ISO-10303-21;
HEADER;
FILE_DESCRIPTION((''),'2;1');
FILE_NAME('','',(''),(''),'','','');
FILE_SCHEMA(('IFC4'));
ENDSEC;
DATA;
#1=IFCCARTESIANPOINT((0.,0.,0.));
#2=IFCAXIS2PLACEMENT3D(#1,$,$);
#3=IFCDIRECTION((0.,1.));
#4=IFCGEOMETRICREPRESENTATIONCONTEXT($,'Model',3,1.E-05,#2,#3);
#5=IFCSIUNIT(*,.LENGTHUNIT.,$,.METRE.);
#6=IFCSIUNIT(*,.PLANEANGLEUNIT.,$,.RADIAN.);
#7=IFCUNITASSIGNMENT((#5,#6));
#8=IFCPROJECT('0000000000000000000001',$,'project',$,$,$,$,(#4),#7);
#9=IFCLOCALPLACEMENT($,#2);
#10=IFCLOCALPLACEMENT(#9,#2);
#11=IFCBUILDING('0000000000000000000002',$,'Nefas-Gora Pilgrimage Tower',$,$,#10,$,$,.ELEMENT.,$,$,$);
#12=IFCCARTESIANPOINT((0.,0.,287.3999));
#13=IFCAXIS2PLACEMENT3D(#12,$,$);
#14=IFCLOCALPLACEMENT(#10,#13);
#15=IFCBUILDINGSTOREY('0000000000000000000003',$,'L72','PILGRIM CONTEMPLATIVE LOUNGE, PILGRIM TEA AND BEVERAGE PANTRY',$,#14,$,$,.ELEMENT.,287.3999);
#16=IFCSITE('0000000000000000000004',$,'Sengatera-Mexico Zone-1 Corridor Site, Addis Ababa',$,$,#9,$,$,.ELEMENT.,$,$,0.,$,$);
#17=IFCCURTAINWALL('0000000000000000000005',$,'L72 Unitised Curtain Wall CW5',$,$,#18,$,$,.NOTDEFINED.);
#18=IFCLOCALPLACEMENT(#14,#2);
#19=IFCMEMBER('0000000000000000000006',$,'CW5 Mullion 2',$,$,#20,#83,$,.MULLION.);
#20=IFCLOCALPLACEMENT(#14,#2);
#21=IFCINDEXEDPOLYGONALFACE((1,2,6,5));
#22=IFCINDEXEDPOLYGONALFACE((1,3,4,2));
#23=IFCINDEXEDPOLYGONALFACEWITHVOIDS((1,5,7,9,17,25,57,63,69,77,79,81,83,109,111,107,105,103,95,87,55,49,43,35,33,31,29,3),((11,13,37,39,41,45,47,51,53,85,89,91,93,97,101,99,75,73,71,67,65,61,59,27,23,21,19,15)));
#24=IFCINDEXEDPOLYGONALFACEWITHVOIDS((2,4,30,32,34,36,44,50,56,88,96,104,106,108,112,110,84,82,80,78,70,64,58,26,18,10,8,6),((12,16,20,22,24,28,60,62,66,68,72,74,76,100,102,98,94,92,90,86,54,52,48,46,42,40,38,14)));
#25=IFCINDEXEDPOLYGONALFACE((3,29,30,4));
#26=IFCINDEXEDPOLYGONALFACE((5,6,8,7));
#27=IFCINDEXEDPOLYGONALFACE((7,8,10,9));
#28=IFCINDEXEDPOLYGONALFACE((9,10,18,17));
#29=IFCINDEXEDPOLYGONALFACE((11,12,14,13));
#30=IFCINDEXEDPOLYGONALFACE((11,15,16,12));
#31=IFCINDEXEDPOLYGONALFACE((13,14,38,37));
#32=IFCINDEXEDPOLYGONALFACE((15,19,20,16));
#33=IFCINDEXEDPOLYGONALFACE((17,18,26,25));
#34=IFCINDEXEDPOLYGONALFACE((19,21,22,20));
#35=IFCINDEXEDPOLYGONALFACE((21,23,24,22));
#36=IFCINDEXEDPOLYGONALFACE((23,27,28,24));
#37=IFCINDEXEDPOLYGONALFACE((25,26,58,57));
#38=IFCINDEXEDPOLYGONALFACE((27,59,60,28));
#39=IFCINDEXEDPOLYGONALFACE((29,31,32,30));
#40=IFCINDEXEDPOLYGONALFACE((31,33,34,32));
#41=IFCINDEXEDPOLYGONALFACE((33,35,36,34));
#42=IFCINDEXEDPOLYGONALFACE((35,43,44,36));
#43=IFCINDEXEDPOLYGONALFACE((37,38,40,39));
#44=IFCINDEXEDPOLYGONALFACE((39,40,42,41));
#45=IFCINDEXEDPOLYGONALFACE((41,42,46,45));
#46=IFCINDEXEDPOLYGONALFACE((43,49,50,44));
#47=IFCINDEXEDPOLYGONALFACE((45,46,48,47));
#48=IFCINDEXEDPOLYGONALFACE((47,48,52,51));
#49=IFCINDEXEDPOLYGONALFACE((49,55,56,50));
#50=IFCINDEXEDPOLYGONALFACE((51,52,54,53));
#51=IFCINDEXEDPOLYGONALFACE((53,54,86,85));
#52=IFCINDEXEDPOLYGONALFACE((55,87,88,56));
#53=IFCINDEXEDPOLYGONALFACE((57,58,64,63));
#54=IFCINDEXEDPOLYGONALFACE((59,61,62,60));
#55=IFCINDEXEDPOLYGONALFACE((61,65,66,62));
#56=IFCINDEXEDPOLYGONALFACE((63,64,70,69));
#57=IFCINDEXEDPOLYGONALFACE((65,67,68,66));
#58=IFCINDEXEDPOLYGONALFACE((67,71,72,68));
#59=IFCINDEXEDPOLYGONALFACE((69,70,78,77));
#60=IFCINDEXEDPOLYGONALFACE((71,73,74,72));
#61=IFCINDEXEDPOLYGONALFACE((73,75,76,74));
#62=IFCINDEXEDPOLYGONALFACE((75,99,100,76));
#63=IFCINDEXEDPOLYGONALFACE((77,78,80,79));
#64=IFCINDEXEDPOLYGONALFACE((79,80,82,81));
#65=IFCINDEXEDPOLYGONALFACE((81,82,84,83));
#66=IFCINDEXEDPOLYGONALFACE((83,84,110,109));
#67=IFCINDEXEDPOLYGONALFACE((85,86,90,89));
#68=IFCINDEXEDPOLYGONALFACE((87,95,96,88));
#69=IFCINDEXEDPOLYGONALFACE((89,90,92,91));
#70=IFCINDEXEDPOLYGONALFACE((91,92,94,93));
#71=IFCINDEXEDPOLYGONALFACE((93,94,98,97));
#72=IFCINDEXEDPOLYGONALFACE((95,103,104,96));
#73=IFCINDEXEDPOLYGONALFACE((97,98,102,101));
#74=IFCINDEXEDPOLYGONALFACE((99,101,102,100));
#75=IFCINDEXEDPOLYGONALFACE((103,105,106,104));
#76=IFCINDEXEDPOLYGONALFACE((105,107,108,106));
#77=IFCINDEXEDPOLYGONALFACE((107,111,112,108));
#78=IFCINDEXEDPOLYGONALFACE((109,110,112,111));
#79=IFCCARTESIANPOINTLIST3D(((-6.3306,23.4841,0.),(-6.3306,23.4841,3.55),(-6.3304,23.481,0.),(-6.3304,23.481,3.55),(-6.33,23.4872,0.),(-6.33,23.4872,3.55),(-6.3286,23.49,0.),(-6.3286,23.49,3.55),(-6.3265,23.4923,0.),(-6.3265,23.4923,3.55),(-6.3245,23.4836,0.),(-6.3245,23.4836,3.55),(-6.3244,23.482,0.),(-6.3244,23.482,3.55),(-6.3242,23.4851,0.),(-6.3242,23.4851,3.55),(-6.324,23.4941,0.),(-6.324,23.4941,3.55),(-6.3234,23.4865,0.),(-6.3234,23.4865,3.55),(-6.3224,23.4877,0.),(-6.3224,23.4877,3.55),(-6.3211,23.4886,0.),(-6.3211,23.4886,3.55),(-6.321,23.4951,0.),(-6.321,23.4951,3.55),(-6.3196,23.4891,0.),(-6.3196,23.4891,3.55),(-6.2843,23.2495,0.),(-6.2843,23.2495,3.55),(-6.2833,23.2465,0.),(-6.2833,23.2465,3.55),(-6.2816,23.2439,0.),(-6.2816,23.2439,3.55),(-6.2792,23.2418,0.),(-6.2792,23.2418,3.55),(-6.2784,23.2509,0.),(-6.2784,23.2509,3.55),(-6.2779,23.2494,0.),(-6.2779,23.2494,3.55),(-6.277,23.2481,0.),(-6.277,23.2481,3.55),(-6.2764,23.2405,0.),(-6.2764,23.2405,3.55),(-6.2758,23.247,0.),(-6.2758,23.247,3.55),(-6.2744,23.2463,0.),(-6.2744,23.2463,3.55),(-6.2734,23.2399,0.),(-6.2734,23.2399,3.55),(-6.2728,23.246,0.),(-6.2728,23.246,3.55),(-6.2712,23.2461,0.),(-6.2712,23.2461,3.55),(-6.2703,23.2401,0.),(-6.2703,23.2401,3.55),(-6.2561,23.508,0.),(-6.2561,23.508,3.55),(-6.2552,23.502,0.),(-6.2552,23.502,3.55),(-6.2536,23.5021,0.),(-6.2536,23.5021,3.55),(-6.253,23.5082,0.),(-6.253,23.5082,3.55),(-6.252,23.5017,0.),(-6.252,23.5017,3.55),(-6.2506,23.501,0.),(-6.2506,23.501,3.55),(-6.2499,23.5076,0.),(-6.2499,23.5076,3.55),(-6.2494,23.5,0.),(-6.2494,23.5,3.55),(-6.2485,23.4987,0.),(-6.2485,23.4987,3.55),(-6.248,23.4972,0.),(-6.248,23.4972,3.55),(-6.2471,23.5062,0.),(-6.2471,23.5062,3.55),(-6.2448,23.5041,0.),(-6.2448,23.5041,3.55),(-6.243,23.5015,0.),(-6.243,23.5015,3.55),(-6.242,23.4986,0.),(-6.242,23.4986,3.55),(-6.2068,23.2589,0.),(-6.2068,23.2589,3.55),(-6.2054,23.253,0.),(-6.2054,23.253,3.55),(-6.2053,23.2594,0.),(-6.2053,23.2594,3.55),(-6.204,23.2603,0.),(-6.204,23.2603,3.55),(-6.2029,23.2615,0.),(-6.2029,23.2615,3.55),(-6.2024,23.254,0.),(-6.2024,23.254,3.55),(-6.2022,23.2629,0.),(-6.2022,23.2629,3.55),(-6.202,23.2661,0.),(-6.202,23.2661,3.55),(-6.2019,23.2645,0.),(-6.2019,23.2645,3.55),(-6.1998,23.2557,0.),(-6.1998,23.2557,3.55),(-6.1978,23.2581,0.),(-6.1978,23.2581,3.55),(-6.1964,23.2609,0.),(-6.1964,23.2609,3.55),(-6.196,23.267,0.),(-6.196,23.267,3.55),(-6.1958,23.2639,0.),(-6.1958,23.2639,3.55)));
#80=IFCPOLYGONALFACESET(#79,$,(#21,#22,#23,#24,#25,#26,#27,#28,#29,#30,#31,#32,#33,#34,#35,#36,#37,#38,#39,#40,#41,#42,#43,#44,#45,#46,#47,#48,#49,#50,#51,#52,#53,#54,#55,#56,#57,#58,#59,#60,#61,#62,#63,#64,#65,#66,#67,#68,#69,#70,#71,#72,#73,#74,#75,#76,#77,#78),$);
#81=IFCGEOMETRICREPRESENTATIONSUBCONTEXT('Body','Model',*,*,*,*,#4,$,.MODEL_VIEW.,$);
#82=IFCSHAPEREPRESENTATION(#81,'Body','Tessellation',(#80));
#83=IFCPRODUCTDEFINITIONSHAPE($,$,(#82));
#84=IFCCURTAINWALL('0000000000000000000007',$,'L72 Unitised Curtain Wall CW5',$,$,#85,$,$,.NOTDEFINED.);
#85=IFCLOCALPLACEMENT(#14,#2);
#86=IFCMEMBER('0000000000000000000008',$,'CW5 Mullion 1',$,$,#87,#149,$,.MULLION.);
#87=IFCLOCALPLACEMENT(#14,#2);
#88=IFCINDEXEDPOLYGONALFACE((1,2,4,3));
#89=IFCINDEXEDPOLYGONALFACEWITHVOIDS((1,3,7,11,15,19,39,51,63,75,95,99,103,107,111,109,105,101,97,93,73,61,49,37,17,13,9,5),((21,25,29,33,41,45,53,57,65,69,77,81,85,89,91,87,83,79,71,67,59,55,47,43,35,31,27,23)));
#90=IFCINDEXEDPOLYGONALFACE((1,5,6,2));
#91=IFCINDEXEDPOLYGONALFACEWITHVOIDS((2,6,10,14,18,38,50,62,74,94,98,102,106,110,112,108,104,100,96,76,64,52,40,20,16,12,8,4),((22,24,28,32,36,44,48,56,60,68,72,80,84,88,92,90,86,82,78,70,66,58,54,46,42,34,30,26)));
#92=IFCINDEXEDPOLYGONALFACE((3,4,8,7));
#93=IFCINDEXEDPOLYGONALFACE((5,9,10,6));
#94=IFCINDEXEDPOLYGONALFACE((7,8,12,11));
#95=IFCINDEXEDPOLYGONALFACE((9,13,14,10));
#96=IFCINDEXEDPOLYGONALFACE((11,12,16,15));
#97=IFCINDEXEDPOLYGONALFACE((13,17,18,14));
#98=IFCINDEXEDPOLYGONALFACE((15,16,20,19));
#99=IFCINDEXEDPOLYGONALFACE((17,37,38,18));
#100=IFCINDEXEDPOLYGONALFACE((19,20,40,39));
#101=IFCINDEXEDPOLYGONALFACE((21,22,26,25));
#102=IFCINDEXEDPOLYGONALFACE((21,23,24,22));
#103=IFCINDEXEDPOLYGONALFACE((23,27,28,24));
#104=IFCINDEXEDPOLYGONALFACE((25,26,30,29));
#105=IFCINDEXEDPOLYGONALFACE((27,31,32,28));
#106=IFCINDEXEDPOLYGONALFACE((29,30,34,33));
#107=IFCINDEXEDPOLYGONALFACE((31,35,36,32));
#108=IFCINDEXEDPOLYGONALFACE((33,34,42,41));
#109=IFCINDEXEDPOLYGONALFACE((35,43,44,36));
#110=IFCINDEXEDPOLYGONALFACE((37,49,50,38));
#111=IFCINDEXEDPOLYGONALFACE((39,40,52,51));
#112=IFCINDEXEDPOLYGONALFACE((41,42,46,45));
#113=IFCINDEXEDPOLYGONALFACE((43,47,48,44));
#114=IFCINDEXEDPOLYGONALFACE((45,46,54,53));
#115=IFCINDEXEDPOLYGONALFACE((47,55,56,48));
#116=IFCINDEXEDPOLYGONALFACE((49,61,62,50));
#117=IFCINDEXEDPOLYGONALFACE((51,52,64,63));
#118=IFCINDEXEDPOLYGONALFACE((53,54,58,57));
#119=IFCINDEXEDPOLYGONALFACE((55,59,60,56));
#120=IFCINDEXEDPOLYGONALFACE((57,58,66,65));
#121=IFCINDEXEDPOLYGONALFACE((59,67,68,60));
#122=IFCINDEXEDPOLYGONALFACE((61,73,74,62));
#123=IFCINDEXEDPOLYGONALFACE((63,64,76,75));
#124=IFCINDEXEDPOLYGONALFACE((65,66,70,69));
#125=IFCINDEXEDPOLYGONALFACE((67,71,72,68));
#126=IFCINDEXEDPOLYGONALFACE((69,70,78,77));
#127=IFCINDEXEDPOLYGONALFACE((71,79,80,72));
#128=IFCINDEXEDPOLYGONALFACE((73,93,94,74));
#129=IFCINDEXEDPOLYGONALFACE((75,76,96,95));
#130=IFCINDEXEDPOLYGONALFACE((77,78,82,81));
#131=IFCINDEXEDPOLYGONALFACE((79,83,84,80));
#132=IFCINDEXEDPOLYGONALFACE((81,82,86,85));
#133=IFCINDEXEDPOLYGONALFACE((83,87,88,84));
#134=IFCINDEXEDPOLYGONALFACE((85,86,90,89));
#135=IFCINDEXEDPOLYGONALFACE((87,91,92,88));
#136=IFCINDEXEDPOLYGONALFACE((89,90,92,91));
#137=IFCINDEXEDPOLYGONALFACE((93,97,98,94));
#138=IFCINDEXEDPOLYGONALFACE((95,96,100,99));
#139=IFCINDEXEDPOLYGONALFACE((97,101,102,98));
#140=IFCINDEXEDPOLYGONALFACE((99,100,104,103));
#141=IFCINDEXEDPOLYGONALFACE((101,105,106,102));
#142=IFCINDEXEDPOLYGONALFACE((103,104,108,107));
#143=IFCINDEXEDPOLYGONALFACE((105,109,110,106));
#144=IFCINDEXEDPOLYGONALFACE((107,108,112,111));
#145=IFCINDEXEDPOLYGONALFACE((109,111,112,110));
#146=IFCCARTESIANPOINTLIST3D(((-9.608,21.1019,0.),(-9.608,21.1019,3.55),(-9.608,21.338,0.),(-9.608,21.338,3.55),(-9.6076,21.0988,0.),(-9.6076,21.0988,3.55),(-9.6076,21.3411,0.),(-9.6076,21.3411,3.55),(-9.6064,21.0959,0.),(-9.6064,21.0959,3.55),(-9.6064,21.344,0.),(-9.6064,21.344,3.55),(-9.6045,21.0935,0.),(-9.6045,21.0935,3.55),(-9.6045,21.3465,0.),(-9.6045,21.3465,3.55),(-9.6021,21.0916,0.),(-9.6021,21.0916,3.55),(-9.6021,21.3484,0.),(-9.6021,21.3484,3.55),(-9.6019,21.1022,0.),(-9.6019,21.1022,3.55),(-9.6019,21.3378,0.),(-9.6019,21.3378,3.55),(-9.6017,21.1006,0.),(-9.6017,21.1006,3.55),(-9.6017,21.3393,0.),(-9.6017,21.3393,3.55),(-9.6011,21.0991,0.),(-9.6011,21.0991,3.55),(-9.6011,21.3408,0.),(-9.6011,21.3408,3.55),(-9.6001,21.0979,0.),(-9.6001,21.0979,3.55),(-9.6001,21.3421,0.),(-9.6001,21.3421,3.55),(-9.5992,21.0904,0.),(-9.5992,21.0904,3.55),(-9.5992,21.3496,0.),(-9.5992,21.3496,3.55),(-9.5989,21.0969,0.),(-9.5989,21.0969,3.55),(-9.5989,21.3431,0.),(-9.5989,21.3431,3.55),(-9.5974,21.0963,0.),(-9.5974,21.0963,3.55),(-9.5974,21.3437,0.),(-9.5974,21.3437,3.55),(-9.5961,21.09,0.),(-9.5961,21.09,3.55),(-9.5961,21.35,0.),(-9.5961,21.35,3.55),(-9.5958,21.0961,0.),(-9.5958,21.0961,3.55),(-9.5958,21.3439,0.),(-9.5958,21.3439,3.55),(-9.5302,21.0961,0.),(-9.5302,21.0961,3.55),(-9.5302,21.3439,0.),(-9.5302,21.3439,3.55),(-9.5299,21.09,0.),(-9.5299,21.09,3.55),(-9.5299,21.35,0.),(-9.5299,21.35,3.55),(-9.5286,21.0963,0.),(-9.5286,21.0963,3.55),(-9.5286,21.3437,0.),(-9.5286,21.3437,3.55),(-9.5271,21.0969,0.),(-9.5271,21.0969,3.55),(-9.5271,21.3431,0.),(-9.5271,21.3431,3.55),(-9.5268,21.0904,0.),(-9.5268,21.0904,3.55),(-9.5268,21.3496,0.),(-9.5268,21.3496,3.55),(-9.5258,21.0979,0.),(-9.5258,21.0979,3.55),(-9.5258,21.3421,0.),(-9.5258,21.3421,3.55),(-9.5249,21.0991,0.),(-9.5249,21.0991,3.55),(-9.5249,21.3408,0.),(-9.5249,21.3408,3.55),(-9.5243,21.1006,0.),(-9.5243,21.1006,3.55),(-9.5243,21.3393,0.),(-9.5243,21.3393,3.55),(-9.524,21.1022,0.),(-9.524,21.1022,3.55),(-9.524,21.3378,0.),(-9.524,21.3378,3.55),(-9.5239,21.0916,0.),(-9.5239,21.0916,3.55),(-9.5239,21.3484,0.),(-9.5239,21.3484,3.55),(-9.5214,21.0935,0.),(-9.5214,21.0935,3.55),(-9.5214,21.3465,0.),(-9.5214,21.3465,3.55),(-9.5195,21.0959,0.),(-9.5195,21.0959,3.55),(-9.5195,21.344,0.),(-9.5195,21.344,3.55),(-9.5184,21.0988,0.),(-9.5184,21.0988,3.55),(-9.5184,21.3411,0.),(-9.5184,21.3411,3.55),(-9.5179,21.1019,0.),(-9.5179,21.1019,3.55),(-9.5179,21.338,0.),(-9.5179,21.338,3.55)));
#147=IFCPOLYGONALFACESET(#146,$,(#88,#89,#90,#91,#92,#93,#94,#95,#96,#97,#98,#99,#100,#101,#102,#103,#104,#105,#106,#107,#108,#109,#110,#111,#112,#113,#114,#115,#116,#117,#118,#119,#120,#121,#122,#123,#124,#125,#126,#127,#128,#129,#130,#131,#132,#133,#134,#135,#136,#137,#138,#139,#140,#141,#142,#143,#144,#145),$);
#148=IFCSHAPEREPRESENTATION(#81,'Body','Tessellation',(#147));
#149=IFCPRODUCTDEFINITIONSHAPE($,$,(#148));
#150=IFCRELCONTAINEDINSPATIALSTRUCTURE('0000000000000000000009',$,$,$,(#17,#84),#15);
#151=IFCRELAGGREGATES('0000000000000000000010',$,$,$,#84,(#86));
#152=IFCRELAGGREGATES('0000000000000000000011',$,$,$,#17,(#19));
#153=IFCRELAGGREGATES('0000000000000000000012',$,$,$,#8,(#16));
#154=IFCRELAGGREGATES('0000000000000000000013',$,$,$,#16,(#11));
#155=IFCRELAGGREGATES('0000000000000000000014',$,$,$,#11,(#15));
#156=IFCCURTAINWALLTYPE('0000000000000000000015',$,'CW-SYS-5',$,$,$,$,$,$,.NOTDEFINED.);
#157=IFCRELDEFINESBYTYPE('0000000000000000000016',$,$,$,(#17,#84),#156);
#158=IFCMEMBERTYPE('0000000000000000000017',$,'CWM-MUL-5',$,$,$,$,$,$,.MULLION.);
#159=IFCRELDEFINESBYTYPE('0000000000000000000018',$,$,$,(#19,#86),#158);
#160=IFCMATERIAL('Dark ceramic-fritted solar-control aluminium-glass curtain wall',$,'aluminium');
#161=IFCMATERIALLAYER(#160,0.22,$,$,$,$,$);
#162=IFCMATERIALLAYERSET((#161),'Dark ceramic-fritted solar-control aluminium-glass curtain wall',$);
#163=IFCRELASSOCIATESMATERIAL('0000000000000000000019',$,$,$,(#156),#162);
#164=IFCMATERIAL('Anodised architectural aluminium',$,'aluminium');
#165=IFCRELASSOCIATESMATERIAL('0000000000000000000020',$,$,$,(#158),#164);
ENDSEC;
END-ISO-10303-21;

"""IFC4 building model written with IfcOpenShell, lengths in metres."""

from ifc_helpers import new_model, si_unit, direction, frame, origin, origin_2d, place, context, subcontext, project, spatial, hollow_rectangle, extrude, source, transform, mapped, material, layer, layer_set, material_profile, profile_set, type_object, element, aggregate, save


model = new_model("IFC4")

# Units and contexts
model_context = context("Model", 3, precision=1e-05, world=origin(), true_north=direction((0.0, 1.0)))
body_context = subcontext(model_context, "Body", "Model", "MODEL_VIEW")
ifc_project = project(units=[si_unit("LENGTHUNIT", "METRE"), si_unit("PLANEANGLEUNIT", "RADIAN")], contexts=[model_context])

# Site, building, storey
site_placement = place(None, origin())
site = spatial("IfcSite", under=ifc_project, at=site_placement, Name="Sengatera-Mexico Zone-1 Corridor Site, Addis Ababa", CompositionType="ELEMENT", RefElevation=0.0)
building_placement = place(site_placement, origin())
building = spatial("IfcBuilding", under=site, at=building_placement, Name="Nefas-Gora Pilgrimage Tower", CompositionType="ELEMENT")
storey_placement = place(building_placement, frame((0.0, 0.0, 287.3999)))
storey = spatial("IfcBuildingStorey", under=building, at=storey_placement, Name="L72", Description="PILGRIM CONTEMPLATIVE LOUNGE, PILGRIM TEA AND BEVERAGE PANTRY", CompositionType="ELEMENT", Elevation=287.3999)

# Curtain wall, member
ifc_material_1 = material(Name="Dark ceramic-fritted solar-control aluminium-glass curtain wall", Category="aluminium")
ifc_layer_1 = layer(ifc_material_1, 0.22)
ifc_layer_set_1 = layer_set([ifc_layer_1], Name="Dark ceramic-fritted solar-control aluminium-glass curtain wall")
curtain_wall_type = type_object("IfcCurtainWallType", Name="CW-SYS-5", PredefinedType="NOTDEFINED", material=ifc_layer_set_1)
curtain_wall_1_placement = place(storey_placement, origin())
curtain_wall_1 = element("IfcCurtainWall", 1, at=curtain_wall_1_placement, inside=storey, type_object=curtain_wall_type, Name="L72 Unitised Curtain Wall CW5", PredefinedType="NOTDEFINED")
ifc_material_2 = material(Name="Anodised architectural aluminium", Category="aluminium")
ifc_material_profile_1 = material_profile(ifc_material_2, hollow_rectangle(XDim=0.0901, YDim=0.26, WallThickness=0.0061, InnerFilletRadius=0.0061, OuterFilletRadius=0.012, at=origin_2d()), Name="ALU MULLION 90x260")
ifc_profile_set_1 = profile_set([ifc_material_profile_1], Name="Anodised architectural aluminium")
member_type_1 = type_object("IfcMemberType", Name="CWM-MUL-5", PredefinedType="MULLION", material=ifc_profile_set_1)
shared_shape_1 = source(origin(), body_context, "Body", "SweptSolid", [
    extrude(hollow_rectangle(XDim=0.0901, YDim=0.26, WallThickness=0.0061, InnerFilletRadius=0.0061, OuterFilletRadius=0.012, at=origin_2d()), origin(), (0.0, 0.0, 1.0), 3.55),
])
member_1_placement = place(storey_placement, frame((-6.2632, 23.374, 0.0), z_axis=(0.0, 0.0, 1.0), x_axis=(-0.980783, -0.195102, 0.0)))
member_1 = element("IfcMember", 2, at=member_1_placement, type_object=member_type_1, Name="CW5 Mullion 2", PredefinedType="MULLION", context=body_context, shape_type="MappedRepresentation", body=[
    mapped(shared_shape_1, transform((0.0, 0.0, 0.0), x_axis=(1.0, 0.0, 0.0), y_axis=(0.0, 1.0, 0.0), z_axis=(0.0, 0.0, 1.0), scale=1.0)),
])

# Curtain wall, member
curtain_wall_2_placement = place(storey_placement, origin())
curtain_wall_2 = element("IfcCurtainWall", 3, at=curtain_wall_2_placement, inside=storey, type_object=curtain_wall_type, Name="L72 Unitised Curtain Wall CW5", PredefinedType="NOTDEFINED")
member_2_placement = place(storey_placement, frame((-9.563, 21.22, 0.0), z_axis=(0.0, 0.0, 1.0), x_axis=(-1.0, 0.0, 0.0)))
member_2 = element("IfcMember", 4, at=member_2_placement, type_object=member_type_1, Name="CW5 Mullion 1", PredefinedType="MULLION", context=body_context, shape_type="MappedRepresentation", body=[
    mapped(shared_shape_1, transform((0.0, 0.0, 0.0), x_axis=(1.0, 0.0, 0.0), y_axis=(0.0, 1.0, 0.0), z_axis=(0.0, 0.0, 1.0), scale=1.0)),
])
aggregate(curtain_wall_2, [member_2])

aggregate(curtain_wall_1, [member_1])

save(model, "model.ifc")
